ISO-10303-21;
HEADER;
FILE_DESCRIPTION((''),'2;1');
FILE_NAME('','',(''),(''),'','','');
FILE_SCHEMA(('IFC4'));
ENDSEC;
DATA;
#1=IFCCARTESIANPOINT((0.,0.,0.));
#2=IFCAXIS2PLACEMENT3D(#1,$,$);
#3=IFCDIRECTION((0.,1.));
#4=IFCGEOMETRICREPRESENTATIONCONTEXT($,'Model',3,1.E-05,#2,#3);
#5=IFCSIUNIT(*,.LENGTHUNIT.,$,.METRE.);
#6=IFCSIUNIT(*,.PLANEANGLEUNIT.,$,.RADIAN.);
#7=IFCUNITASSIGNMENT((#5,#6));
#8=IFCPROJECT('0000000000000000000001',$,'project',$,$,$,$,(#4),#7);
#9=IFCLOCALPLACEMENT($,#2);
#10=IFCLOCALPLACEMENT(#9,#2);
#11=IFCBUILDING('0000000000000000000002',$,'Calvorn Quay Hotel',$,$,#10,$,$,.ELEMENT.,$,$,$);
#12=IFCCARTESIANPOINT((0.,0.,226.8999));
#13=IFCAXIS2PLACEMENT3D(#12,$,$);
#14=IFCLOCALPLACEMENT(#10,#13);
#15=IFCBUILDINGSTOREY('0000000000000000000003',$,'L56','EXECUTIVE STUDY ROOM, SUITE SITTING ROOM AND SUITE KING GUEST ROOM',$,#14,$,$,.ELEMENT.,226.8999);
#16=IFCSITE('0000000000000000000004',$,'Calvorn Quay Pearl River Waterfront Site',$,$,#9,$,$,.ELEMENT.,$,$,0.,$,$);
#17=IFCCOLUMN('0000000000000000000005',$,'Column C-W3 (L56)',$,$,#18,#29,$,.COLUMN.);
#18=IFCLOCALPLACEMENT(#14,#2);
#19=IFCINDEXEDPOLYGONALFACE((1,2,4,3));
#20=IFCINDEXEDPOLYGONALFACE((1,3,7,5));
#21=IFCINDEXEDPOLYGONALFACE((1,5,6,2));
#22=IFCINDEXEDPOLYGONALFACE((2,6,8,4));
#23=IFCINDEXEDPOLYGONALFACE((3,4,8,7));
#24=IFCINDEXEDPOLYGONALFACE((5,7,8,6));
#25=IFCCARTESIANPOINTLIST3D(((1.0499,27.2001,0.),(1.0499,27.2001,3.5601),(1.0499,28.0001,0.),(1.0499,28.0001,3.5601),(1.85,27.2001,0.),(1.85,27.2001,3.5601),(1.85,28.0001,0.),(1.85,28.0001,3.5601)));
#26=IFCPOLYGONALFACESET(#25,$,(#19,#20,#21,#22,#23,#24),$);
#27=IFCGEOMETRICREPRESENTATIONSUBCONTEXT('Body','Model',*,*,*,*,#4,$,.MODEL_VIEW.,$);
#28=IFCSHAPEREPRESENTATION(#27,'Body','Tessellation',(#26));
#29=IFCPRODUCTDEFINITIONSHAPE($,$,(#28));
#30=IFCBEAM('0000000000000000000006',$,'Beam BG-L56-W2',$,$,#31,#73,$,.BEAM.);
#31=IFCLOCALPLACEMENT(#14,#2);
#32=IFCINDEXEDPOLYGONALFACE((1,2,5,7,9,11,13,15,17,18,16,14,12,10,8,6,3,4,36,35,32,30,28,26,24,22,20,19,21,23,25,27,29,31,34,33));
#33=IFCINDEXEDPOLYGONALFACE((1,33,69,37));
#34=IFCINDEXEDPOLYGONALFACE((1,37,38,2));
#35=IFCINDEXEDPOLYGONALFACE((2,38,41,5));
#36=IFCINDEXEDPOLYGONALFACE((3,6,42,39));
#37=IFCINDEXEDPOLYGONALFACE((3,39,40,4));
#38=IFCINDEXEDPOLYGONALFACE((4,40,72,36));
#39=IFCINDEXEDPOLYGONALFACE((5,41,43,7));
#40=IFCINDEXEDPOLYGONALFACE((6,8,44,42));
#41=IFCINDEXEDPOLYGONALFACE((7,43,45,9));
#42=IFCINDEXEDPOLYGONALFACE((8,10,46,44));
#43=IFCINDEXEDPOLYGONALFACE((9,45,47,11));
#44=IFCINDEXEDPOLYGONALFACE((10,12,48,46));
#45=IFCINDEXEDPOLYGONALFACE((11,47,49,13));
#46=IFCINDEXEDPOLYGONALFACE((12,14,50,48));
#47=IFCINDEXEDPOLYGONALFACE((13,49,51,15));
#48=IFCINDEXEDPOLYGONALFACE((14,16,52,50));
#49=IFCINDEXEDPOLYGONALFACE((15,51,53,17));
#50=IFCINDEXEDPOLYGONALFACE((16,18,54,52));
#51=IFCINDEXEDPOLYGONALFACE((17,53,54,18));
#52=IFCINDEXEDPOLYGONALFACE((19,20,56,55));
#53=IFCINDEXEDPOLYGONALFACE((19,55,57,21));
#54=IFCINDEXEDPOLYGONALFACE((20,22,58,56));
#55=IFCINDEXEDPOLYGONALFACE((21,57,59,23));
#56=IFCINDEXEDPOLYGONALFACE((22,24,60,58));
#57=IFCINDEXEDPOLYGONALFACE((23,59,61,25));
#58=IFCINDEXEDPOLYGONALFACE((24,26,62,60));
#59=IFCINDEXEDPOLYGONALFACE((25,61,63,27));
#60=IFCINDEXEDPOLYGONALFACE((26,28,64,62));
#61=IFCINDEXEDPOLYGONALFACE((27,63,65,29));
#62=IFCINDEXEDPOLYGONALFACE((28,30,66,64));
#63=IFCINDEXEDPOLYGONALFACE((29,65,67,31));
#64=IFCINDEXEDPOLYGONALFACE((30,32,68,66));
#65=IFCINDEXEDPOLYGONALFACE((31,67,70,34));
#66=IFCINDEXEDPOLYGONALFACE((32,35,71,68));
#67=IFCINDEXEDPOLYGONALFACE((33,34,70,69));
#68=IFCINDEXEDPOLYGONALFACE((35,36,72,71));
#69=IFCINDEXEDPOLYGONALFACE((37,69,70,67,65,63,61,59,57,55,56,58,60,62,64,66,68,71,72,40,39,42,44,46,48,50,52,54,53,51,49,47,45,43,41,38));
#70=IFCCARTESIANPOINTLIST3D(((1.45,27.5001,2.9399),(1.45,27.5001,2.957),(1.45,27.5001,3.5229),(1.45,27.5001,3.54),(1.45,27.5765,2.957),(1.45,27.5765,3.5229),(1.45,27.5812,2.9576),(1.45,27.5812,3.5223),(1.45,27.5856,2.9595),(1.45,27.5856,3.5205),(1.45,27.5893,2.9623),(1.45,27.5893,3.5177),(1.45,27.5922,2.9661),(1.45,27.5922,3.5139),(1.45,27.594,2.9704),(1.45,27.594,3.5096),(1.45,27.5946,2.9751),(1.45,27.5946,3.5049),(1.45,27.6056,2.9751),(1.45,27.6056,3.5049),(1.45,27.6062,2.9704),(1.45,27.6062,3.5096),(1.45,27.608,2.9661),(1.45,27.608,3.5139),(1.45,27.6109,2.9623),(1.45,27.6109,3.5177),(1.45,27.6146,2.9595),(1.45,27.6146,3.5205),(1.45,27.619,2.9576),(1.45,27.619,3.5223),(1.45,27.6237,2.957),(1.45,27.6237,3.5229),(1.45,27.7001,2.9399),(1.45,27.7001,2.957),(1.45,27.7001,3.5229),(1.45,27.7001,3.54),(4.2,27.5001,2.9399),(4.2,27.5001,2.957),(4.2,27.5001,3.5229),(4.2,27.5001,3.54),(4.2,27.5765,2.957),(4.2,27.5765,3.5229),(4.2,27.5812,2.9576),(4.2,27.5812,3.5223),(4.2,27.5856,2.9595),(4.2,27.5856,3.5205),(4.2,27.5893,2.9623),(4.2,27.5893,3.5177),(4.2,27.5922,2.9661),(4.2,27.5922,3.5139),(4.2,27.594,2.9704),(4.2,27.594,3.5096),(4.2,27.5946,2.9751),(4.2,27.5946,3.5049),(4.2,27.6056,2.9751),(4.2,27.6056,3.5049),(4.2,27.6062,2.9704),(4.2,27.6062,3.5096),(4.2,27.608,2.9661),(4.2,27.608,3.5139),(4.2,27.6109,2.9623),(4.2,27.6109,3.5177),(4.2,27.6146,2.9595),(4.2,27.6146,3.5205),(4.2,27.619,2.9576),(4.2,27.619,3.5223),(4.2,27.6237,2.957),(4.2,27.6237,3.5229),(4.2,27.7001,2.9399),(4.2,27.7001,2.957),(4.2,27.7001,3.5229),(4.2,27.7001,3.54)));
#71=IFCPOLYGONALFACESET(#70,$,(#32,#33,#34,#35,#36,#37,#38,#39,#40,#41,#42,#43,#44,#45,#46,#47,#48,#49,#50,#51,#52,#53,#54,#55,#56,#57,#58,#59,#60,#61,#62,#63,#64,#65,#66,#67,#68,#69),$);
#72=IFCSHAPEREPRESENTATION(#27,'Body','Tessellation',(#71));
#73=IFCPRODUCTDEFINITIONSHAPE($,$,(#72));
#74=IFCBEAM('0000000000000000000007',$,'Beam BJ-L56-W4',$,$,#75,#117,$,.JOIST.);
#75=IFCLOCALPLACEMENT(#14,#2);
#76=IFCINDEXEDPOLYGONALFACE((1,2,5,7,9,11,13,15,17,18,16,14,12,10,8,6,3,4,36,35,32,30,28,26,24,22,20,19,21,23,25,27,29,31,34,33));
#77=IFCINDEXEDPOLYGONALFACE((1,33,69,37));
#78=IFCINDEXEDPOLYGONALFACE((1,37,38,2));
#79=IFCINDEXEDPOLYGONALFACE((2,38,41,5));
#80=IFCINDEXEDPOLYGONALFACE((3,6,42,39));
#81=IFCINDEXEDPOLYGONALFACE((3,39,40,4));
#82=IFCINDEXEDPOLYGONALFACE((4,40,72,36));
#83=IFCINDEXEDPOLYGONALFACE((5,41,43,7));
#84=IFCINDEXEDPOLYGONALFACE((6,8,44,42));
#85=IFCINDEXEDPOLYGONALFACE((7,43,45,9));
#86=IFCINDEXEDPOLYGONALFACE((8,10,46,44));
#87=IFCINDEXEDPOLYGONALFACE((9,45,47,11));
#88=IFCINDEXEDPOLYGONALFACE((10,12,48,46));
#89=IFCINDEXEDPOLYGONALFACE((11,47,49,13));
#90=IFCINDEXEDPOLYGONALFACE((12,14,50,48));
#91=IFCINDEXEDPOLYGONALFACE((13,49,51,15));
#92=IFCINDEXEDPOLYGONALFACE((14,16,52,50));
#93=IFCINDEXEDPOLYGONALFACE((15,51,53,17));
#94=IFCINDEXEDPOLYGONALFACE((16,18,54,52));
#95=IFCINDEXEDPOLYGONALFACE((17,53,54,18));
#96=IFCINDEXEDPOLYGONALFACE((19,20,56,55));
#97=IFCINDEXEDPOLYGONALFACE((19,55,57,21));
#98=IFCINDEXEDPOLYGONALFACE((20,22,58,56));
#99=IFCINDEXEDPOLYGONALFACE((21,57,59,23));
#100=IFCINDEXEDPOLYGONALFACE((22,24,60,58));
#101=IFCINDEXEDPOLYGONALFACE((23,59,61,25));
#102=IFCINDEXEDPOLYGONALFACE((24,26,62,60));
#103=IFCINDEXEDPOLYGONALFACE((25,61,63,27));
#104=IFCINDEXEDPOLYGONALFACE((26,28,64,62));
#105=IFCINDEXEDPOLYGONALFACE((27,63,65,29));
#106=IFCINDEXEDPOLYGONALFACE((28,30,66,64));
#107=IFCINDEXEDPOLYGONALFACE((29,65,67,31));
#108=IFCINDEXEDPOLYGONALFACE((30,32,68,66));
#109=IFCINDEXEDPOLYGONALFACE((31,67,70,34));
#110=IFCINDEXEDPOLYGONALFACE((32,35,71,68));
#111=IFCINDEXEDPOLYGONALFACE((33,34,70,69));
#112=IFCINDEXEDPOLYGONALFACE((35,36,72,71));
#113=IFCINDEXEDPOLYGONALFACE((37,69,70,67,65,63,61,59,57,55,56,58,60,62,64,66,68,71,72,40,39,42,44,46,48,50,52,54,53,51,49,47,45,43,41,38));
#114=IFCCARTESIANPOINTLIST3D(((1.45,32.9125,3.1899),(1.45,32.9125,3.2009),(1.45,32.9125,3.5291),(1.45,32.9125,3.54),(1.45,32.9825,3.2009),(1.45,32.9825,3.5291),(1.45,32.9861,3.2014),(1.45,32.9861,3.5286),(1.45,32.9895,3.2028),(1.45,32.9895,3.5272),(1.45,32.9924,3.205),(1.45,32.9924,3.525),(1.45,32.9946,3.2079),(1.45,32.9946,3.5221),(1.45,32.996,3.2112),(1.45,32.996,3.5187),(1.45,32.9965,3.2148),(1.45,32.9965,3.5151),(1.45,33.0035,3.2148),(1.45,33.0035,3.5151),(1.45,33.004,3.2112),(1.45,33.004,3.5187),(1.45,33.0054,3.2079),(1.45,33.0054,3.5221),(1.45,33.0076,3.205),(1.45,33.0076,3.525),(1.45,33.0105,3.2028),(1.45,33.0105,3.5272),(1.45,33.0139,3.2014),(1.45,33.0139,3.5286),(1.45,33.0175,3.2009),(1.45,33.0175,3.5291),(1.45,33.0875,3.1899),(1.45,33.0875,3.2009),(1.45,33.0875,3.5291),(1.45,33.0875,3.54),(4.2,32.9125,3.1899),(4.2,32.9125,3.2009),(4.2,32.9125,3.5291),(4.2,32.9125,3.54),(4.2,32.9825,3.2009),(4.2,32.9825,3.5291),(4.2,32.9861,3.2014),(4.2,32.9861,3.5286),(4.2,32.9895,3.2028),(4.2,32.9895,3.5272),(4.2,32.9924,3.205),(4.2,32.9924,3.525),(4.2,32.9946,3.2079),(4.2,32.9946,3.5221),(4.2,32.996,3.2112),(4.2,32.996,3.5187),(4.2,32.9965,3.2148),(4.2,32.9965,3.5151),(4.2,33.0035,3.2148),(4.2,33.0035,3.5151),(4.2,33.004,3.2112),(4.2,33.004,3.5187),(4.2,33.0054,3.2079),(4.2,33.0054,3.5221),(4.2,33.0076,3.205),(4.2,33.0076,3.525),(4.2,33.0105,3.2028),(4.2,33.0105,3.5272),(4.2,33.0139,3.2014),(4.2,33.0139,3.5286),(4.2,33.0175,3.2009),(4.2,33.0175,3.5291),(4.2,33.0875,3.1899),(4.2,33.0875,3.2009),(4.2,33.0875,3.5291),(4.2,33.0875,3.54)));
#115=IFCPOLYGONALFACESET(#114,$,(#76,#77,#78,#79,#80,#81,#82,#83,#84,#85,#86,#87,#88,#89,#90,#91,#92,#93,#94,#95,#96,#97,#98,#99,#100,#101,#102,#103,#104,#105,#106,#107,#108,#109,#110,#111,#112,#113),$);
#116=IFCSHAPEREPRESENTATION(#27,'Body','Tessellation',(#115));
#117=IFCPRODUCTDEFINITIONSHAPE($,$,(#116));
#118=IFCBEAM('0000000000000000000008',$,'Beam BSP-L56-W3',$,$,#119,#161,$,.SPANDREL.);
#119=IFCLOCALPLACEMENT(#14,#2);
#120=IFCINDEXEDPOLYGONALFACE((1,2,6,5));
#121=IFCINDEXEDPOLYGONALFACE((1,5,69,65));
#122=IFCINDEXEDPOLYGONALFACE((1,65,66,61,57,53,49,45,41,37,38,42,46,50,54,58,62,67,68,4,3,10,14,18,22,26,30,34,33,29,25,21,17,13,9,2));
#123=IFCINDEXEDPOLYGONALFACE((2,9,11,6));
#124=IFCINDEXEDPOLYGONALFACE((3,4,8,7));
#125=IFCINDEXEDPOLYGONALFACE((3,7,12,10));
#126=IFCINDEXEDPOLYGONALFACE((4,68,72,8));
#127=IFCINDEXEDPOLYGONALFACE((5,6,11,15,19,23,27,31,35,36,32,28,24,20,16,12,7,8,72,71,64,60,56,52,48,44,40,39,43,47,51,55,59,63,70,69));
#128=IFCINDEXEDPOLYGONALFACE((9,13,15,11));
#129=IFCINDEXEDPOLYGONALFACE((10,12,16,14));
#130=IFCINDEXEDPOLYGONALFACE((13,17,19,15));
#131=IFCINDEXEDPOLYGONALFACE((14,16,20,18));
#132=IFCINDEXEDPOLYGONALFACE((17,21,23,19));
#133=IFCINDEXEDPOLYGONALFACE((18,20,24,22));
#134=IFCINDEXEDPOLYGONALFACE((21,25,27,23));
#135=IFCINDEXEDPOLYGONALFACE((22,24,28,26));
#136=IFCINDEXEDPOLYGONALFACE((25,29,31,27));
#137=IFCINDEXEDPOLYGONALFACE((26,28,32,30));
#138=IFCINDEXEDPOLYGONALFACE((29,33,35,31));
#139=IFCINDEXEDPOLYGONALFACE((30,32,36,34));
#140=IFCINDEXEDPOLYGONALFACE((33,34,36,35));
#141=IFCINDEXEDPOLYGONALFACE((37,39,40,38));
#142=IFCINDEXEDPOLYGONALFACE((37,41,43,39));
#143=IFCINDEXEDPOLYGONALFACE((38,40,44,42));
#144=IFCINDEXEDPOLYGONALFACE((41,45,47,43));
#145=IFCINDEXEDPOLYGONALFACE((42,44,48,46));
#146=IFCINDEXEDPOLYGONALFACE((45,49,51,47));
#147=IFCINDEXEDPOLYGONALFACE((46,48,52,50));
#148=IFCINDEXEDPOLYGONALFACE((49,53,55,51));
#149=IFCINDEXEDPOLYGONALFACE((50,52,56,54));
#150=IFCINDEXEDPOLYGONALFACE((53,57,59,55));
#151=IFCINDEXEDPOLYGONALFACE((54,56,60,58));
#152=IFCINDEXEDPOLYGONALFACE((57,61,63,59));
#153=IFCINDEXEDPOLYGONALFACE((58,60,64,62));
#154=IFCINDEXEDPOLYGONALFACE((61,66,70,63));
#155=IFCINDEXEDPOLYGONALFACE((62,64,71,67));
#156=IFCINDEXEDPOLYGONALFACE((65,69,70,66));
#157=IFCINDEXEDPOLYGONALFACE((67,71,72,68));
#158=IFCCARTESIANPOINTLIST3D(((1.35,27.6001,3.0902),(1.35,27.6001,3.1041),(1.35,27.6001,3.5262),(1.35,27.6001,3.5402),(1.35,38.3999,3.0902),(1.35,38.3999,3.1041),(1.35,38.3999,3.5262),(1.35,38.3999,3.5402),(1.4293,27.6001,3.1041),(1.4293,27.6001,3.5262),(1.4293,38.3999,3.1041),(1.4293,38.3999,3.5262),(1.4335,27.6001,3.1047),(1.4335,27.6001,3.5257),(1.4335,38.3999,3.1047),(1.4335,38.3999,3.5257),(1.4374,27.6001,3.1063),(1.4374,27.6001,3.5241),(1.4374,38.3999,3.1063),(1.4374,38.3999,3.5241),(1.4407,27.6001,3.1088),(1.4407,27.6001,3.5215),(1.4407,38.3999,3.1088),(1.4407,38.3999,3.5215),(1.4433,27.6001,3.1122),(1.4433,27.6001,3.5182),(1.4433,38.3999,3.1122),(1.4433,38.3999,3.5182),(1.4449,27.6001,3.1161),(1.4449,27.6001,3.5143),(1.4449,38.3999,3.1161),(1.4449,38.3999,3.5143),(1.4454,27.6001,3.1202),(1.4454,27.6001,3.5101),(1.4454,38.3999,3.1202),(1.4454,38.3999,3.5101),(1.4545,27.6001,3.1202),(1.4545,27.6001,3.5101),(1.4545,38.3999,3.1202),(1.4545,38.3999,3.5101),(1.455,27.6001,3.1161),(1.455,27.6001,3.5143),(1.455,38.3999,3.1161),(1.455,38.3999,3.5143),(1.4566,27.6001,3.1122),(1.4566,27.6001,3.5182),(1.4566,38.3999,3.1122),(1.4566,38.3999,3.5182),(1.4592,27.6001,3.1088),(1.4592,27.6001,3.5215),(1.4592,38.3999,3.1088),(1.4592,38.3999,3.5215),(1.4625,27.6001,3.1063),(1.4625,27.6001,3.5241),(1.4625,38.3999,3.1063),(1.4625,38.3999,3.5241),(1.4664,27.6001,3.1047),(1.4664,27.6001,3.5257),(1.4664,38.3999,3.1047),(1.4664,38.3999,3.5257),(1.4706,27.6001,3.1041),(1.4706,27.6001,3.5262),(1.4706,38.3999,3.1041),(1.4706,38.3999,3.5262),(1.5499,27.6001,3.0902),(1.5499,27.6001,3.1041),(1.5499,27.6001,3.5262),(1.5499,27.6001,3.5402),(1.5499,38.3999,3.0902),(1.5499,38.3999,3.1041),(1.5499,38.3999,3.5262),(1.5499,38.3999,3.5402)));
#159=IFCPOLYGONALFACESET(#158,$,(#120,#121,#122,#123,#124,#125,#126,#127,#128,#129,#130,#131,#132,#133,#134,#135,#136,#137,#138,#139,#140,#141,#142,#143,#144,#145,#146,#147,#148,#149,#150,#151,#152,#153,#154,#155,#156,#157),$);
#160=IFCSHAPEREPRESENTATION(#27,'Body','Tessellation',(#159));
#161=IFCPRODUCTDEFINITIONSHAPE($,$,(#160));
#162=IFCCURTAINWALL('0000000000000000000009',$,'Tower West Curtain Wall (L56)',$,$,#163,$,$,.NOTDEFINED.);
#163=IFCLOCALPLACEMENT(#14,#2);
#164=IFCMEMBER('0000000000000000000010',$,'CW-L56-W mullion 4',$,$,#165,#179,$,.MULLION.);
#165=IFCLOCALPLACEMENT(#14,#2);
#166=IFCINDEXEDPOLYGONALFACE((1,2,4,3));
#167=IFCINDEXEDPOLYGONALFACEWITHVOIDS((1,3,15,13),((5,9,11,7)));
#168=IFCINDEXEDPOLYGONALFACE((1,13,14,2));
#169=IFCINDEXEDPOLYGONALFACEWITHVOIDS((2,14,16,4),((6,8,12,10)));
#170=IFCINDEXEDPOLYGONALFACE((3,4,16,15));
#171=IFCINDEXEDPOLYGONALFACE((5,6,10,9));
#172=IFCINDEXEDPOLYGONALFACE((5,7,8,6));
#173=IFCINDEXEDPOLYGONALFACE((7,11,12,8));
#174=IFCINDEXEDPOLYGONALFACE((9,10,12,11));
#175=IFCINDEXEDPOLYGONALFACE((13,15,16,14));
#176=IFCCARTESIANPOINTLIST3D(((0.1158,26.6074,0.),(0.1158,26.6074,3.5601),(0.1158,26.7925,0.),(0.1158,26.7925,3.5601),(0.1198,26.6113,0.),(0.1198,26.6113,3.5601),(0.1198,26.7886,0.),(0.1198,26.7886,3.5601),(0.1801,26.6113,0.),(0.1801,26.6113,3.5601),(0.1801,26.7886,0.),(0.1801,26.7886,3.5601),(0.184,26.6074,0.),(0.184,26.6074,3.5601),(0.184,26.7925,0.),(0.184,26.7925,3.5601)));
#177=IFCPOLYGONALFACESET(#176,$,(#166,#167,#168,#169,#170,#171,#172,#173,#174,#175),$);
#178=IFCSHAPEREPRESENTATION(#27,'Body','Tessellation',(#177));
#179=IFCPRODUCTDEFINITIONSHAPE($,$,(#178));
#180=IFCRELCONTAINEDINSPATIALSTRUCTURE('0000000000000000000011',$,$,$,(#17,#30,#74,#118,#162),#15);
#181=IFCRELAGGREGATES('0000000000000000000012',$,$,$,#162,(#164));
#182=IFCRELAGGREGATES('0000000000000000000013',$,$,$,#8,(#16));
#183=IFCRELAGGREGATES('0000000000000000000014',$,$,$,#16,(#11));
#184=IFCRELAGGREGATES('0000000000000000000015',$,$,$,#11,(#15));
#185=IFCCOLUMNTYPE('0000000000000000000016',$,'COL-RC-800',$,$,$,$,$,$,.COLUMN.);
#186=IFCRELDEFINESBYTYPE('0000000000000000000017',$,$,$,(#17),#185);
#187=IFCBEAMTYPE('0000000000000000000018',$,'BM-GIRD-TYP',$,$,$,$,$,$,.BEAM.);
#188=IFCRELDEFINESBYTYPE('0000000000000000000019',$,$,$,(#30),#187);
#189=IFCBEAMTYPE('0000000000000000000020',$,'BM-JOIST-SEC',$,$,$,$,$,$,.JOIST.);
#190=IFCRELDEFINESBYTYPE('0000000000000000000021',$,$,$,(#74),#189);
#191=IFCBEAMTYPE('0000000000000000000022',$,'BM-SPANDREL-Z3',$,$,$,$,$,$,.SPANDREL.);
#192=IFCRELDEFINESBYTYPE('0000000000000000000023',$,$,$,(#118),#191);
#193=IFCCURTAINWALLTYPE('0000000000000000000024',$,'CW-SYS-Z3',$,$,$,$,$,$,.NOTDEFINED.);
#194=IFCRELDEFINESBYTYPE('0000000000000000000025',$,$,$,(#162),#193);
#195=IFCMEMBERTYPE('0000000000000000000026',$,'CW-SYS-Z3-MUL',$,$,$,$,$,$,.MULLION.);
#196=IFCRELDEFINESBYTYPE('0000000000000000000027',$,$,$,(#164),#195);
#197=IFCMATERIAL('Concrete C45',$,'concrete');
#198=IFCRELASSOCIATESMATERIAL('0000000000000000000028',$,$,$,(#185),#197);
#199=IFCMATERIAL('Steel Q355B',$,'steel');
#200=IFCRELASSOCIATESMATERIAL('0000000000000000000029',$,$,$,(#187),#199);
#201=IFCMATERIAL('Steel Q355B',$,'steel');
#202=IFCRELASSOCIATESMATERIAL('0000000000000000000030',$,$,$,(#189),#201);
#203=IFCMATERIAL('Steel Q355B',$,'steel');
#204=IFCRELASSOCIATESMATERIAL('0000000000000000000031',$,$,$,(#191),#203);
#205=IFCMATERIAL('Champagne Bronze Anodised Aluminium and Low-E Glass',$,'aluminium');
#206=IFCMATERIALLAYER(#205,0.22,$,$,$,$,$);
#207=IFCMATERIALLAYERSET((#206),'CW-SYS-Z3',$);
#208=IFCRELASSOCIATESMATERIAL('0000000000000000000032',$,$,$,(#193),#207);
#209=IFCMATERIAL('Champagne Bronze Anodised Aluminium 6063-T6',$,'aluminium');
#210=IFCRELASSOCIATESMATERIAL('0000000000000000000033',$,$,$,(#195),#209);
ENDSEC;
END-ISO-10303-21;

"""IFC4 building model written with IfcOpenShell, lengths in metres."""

from ifc_helpers import new_model, si_unit, direction, frame, origin, origin_2d, place, context, subcontext, project, spatial, rectangle, hollow_rectangle, i_section, extrude, material, layer, layer_set, material_profile, profile_set, type_object, element, aggregate, save


model = new_model("IFC4")

# Units and contexts
model_context = context("Model", 3, precision=1e-05, world=origin(), true_north=direction((0.0, 1.0)))
body_context = subcontext(model_context, "Body", "Model", "MODEL_VIEW")
ifc_project = project(units=[si_unit("LENGTHUNIT", "METRE"), si_unit("PLANEANGLEUNIT", "RADIAN")], contexts=[model_context])

# Site, building, storey
site_placement = place(None, origin())
site = spatial("IfcSite", under=ifc_project, at=site_placement, Name="Calvorn Quay Pearl River Waterfront Site", CompositionType="ELEMENT", RefElevation=0.0)
building_placement = place(site_placement, origin())
building = spatial("IfcBuilding", under=site, at=building_placement, Name="Calvorn Quay Hotel", CompositionType="ELEMENT")
storey_placement = place(building_placement, frame((0.0, 0.0, 226.8999)))
storey = spatial("IfcBuildingStorey", under=building, at=storey_placement, Name="L56", Description="EXECUTIVE STUDY ROOM, SUITE SITTING ROOM AND SUITE KING GUEST ROOM", CompositionType="ELEMENT", Elevation=226.8999)

# Column
ifc_material_1 = material(Name="Concrete C45", Category="concrete")
ifc_material_profile_1 = material_profile(ifc_material_1, rectangle(XDim=0.8, YDim=0.8, at=origin_2d()), Name="RC800x800")
ifc_profile_set_1 = profile_set([ifc_material_profile_1], Name="Concrete C45")
column_type = type_object("IfcColumnType", Name="COL-RC-800", PredefinedType="COLUMN", material=ifc_profile_set_1)
column_placement = place(storey_placement, frame((1.45, 27.6001, 0.0), z_axis=(0.0, 0.0, 1.0), x_axis=(1.0, 0.0, 0.0)))
element("IfcColumn", 1, at=column_placement, inside=storey, type_object=column_type, Name="Column C-W3 (L56)", PredefinedType="COLUMN", context=body_context, shape_type="SweptSolid", body=[
    extrude(rectangle(XDim=0.8, YDim=0.8, at=origin_2d()), origin(), (0.0, 0.0, 1.0), 3.5601),
])

# Beams
ifc_material_2 = material(Name="Steel Q355B", Category="steel")
ifc_material_profile_2 = material_profile(ifc_material_2, i_section(OverallWidth=0.2, OverallDepth=0.6001, WebThickness=0.011, FlangeThickness=0.0171, FilletRadius=0.0181, at=origin_2d()), Name="HN600x200x11x17")
ifc_profile_set_2 = profile_set([ifc_material_profile_2], Name="Steel Q355B")
beam_type_1 = type_object("IfcBeamType", Name="BM-GIRD-TYP", PredefinedType="BEAM", material=ifc_profile_set_2)
beam_1_placement = place(storey_placement, frame((1.45, 27.6001, 3.24), z_axis=(1.0, 0.0, 0.0), x_axis=(0.0, 1.0, 0.0)))
element("IfcBeam", 2, at=beam_1_placement, inside=storey, type_object=beam_type_1, Name="Beam BG-L56-W2", PredefinedType="BEAM", context=body_context, shape_type="SweptSolid", body=[
    extrude(i_section(OverallWidth=0.2, OverallDepth=0.6001, WebThickness=0.011, FlangeThickness=0.0171, FilletRadius=0.0181, at=origin_2d()), origin(), (0.0, 0.0, 1.0), 2.75),
])
ifc_material_3 = material(Name="Steel Q355B", Category="steel")
ifc_material_profile_3 = material_profile(ifc_material_3, i_section(OverallWidth=0.175, OverallDepth=0.3501, WebThickness=0.0071, FlangeThickness=0.011, FilletRadius=0.0139, at=origin_2d()), Name="HN350x175x7x11")
ifc_profile_set_3 = profile_set([ifc_material_profile_3], Name="Steel Q355B")
beam_type_2 = type_object("IfcBeamType", Name="BM-JOIST-SEC", PredefinedType="JOIST", material=ifc_profile_set_3)
beam_2_placement = place(storey_placement, frame((1.45, 33.0, 3.365), z_axis=(1.0, 0.0, 0.0), x_axis=(0.0, 1.0, 0.0)))
element("IfcBeam", 3, at=beam_2_placement, inside=storey, type_object=beam_type_2, Name="Beam BJ-L56-W4", PredefinedType="JOIST", context=body_context, shape_type="SweptSolid", body=[
    extrude(i_section(OverallWidth=0.175, OverallDepth=0.3501, WebThickness=0.0071, FlangeThickness=0.011, FilletRadius=0.0139, at=origin_2d()), origin(), (0.0, 0.0, 1.0), 2.75),
])
ifc_material_4 = material(Name="Steel Q355B", Category="steel")
ifc_material_profile_4 = material_profile(ifc_material_4, i_section(OverallWidth=0.2, OverallDepth=0.45, WebThickness=0.009, FlangeThickness=0.0139, FilletRadius=0.0161, at=origin_2d()), Name="HN450x200x9x14")
ifc_profile_set_4 = profile_set([ifc_material_profile_4], Name="Steel Q355B")
beam_type_3 = type_object("IfcBeamType", Name="BM-SPANDREL-Z3", PredefinedType="SPANDREL", material=ifc_profile_set_4)
beam_3_placement = place(storey_placement, frame((1.45, 27.6001, 3.3152), z_axis=(0.0, 1.0, 0.0), x_axis=(-1.0, 0.0, 0.0)))
element("IfcBeam", 4, at=beam_3_placement, inside=storey, type_object=beam_type_3, Name="Beam BSP-L56-W3", PredefinedType="SPANDREL", context=body_context, shape_type="SweptSolid", body=[
    extrude(i_section(OverallWidth=0.2, OverallDepth=0.45, WebThickness=0.009, FlangeThickness=0.0139, FilletRadius=0.0161, at=origin_2d()), origin(), (0.0, 0.0, 1.0), 10.7998),
])

# Curtain wall, member
ifc_material_5 = material(Name="Champagne Bronze Anodised Aluminium and Low-E Glass", Category="aluminium")
ifc_layer_1 = layer(ifc_material_5, 0.22)
ifc_layer_set_1 = layer_set([ifc_layer_1], Name="CW-SYS-Z3")
curtain_wall_type = type_object("IfcCurtainWallType", Name="CW-SYS-Z3", PredefinedType="NOTDEFINED", material=ifc_layer_set_1)
curtain_wall_placement = place(storey_placement, origin())
curtain_wall = element("IfcCurtainWall", 5, at=curtain_wall_placement, inside=storey, type_object=curtain_wall_type, Name="Tower West Curtain Wall (L56)", PredefinedType="NOTDEFINED")
ifc_material_6 = material(Name="Champagne Bronze Anodised Aluminium 6063-T6", Category="aluminium")
ifc_material_profile_5 = material_profile(ifc_material_6, hollow_rectangle(XDim=0.0681, YDim=0.1851, WallThickness=0.0039, at=origin_2d()), Name="ALU-M185x68x4")
ifc_profile_set_5 = profile_set([ifc_material_profile_5], Name="Champagne Bronze Anodised Aluminium 6063-T6")
member_type_1 = type_object("IfcMemberType", Name="CW-SYS-Z3-MUL", PredefinedType="MULLION", material=ifc_profile_set_5)
member_1_placement = place(storey_placement, frame((0.1499, 26.7, 0.0), z_axis=(0.0, 0.0, 1.0), x_axis=(-1.0, 0.0, 0.0)))
member_1 = element("IfcMember", 6, at=member_1_placement, type_object=member_type_1, Name="CW-L56-W mullion 4", PredefinedType="MULLION", context=body_context, shape_type="SweptSolid", body=[
    extrude(hollow_rectangle(XDim=0.0681, YDim=0.1851, WallThickness=0.0039, at=origin_2d()), origin(), (0.0, 0.0, 1.0), 3.5601),
])
aggregate(curtain_wall, [member_1])

save(model, "model.ifc")
